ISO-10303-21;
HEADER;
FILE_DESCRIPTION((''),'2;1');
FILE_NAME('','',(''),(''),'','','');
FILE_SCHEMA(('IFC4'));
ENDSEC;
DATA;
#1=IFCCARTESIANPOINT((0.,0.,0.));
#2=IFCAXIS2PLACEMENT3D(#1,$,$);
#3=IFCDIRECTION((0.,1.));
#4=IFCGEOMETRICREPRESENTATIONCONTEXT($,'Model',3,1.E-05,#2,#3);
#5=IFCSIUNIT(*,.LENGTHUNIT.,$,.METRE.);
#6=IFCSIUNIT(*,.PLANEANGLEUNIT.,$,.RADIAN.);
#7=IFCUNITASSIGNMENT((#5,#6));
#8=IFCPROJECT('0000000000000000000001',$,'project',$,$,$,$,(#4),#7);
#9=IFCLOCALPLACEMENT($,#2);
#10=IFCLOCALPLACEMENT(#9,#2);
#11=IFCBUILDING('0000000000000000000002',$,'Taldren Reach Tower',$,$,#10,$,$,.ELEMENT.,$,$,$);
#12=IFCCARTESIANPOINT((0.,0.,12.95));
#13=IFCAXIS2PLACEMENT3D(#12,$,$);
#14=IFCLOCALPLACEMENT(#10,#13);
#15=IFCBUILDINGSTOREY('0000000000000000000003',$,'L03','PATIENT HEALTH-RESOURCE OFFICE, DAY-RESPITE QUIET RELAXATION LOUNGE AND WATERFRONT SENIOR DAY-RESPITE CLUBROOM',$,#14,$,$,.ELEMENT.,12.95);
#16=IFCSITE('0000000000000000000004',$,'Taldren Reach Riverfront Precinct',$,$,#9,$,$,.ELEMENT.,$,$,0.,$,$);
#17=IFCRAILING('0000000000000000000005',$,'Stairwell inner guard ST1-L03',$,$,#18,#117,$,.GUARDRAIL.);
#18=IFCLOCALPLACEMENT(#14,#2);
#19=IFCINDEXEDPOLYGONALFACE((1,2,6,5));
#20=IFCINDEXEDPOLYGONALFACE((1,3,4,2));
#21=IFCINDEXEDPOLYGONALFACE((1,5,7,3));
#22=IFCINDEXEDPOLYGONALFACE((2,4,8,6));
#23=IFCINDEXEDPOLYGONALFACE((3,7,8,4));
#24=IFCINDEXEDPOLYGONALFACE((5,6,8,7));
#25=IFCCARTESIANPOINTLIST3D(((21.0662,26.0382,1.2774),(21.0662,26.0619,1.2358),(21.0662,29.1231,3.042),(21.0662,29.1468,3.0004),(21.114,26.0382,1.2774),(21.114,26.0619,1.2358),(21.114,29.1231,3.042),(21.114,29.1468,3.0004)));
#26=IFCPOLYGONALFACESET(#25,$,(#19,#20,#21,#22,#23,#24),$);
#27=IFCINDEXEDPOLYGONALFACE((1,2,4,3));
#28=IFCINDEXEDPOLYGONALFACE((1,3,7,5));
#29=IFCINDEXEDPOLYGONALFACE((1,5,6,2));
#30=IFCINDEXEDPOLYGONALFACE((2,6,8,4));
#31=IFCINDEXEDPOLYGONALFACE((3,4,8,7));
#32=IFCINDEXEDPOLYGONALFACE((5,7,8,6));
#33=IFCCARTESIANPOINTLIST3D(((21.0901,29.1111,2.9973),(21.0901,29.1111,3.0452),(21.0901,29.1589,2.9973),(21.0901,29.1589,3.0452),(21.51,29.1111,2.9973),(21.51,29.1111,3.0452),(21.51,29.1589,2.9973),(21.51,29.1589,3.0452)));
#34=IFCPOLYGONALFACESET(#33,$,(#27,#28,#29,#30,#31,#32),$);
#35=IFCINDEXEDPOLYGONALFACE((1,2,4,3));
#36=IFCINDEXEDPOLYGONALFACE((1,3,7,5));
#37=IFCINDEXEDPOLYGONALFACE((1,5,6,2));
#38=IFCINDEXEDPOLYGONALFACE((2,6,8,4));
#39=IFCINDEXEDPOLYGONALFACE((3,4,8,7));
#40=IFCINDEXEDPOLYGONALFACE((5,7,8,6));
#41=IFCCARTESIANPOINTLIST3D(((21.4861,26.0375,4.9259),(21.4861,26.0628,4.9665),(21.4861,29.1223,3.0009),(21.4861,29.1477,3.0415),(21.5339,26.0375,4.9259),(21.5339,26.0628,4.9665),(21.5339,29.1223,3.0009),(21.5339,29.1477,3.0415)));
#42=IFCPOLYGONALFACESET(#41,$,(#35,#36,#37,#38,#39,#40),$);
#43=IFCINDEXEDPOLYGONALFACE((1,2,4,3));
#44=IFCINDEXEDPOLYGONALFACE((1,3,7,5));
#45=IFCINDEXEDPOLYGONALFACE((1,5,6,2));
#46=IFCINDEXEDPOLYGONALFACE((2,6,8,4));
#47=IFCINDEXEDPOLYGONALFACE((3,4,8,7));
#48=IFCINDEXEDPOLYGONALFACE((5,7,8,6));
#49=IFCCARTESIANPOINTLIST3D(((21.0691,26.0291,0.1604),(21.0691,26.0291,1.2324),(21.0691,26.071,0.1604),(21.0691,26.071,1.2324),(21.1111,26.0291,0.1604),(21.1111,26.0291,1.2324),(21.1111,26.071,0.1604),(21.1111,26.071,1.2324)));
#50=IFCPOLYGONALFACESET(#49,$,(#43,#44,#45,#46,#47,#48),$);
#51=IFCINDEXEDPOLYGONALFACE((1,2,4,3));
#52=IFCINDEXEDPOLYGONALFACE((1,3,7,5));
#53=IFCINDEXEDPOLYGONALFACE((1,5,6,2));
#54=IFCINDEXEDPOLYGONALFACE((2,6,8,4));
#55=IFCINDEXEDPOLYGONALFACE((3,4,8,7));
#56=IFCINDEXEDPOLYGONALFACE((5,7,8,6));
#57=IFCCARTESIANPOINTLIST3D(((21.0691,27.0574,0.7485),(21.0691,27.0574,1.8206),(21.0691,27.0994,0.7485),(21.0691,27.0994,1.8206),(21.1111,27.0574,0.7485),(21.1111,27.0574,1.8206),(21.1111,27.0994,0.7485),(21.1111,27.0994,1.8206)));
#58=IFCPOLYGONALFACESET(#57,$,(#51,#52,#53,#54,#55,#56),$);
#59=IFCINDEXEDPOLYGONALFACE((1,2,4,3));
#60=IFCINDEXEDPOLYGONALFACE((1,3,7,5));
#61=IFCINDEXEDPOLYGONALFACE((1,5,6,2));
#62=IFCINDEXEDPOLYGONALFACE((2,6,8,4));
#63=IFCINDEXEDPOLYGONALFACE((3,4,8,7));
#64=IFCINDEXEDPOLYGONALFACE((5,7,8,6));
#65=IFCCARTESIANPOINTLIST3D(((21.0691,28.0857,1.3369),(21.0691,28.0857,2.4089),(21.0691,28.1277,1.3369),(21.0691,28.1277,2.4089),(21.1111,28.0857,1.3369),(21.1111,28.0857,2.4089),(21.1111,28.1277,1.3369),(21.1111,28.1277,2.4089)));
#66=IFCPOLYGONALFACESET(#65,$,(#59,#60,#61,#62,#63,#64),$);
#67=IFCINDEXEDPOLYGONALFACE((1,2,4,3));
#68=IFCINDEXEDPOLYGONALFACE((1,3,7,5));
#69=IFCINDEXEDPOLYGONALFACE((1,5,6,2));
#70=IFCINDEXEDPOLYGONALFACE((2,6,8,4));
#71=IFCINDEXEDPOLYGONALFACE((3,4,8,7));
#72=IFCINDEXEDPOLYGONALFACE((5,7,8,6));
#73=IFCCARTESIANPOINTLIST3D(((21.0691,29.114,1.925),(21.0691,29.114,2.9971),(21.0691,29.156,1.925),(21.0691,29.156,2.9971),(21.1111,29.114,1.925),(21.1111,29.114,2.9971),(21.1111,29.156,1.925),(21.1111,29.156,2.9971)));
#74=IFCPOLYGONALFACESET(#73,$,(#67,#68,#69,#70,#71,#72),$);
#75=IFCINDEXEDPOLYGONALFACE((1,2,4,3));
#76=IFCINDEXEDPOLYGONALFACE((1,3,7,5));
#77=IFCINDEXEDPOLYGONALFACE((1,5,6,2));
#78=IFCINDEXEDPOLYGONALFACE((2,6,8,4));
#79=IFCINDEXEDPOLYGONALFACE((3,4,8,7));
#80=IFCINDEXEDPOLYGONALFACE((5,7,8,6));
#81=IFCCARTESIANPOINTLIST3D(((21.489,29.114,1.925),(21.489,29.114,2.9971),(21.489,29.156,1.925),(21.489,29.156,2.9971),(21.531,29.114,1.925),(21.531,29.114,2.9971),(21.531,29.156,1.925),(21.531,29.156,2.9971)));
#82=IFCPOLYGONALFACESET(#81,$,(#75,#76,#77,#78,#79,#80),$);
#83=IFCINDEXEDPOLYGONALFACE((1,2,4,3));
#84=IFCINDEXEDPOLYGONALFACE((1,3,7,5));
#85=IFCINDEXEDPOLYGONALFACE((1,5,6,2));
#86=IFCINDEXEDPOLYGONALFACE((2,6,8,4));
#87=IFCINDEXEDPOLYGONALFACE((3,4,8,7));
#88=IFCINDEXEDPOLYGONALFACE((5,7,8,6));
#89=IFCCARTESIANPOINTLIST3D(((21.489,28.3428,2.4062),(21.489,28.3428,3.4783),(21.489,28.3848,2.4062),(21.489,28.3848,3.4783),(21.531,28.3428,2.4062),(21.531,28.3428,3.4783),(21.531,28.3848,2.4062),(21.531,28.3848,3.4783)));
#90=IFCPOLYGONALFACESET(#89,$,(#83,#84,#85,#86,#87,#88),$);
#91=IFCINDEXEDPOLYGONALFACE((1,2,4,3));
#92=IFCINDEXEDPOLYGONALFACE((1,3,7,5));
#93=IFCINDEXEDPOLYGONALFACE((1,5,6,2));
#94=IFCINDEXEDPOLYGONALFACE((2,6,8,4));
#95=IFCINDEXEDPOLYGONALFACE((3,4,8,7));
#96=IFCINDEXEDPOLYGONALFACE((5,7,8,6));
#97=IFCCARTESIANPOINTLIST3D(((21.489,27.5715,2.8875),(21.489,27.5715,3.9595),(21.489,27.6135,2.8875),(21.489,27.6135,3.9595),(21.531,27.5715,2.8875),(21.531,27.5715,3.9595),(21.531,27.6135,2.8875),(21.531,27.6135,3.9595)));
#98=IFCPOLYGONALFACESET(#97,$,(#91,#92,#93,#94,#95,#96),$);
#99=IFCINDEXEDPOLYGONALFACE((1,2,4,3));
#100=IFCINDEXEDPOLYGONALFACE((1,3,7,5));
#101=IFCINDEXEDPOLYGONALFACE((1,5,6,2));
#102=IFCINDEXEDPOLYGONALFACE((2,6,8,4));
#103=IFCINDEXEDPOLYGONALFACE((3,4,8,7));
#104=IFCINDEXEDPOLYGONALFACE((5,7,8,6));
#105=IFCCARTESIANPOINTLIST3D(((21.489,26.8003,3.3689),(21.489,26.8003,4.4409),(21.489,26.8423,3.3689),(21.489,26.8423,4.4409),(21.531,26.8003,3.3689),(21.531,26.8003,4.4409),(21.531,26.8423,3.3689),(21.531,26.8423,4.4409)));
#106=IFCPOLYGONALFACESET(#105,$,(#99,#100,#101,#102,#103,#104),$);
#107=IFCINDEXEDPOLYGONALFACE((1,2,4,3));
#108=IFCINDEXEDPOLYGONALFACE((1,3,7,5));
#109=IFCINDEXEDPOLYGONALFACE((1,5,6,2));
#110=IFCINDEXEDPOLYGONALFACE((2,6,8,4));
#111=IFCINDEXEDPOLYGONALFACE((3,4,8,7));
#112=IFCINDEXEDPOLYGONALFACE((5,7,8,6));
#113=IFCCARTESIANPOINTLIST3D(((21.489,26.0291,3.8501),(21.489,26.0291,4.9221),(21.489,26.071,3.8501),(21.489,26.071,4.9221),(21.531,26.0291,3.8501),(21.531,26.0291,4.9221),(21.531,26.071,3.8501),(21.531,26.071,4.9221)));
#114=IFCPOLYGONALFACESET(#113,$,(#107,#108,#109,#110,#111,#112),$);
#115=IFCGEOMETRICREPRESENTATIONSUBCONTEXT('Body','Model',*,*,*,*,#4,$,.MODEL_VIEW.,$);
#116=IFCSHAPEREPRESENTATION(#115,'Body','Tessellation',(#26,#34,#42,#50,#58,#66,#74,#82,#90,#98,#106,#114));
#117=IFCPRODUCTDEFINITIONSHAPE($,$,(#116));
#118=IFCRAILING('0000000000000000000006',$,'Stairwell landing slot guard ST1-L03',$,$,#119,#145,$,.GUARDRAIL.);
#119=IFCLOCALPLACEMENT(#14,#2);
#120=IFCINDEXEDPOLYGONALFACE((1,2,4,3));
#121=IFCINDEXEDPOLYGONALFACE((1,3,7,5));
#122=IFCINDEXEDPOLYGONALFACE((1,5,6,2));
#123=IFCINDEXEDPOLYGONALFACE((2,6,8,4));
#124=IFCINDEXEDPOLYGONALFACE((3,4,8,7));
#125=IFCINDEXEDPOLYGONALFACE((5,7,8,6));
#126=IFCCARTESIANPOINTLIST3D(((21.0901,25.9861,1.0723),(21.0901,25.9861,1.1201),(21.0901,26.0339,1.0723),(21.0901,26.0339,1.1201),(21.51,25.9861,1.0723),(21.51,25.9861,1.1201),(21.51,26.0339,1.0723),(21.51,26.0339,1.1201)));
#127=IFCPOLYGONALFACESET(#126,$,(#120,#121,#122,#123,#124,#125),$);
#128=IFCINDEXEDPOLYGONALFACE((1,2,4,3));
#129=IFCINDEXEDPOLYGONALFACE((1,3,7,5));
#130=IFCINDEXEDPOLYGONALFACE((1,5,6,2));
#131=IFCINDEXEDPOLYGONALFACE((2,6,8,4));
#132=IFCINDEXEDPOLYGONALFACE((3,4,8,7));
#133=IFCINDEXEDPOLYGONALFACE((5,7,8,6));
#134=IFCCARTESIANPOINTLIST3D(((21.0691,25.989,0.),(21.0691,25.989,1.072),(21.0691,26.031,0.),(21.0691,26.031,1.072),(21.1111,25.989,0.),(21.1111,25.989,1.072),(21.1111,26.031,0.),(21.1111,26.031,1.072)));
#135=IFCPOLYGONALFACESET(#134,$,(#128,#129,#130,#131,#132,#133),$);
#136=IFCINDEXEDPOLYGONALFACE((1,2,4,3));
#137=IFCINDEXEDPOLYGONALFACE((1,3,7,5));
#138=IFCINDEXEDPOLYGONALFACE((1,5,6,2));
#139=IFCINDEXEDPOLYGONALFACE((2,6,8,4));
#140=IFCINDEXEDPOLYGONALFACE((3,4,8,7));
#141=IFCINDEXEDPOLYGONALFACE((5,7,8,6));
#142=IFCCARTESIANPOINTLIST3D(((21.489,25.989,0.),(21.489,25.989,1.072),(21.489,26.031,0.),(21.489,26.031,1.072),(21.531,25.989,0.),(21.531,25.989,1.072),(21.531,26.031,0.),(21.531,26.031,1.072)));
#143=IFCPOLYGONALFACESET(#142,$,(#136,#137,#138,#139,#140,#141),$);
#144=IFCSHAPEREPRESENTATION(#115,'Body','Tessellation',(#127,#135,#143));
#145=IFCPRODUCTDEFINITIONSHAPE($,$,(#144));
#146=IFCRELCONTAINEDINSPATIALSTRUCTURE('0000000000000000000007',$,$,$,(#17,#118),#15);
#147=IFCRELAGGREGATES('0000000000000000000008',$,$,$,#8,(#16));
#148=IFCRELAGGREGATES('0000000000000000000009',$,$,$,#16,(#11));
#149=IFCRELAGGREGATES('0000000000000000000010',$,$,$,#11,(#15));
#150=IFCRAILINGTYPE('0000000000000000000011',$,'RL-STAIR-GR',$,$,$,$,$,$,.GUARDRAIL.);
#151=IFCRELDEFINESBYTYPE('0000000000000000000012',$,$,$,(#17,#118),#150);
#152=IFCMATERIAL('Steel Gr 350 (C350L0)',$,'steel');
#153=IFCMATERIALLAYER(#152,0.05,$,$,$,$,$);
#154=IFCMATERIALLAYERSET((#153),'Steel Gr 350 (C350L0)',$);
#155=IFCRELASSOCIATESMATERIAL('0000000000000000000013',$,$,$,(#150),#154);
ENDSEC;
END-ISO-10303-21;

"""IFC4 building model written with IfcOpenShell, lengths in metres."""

from ifc_helpers import new_model, si_unit, direction, frame, origin, origin_2d, place, context, subcontext, project, spatial, rectangle, extrude, material, layer, layer_set, type_object, element, save


model = new_model("IFC4")

# Units and contexts
model_context = context("Model", 3, precision=1e-05, world=origin(), true_north=direction((0.0, 1.0)))
body_context = subcontext(model_context, "Body", "Model", "MODEL_VIEW")
ifc_project = project(units=[si_unit("LENGTHUNIT", "METRE"), si_unit("PLANEANGLEUNIT", "RADIAN")], contexts=[model_context])

# Site, building, storey
site_placement = place(None, origin())
site = spatial("IfcSite", under=ifc_project, at=site_placement, Name="Taldren Reach Riverfront Precinct", CompositionType="ELEMENT", RefElevation=0.0)
building_placement = place(site_placement, origin())
building = spatial("IfcBuilding", under=site, at=building_placement, Name="Taldren Reach Tower", CompositionType="ELEMENT")
storey_placement = place(building_placement, frame((0.0, 0.0, 12.95)))
storey = spatial("IfcBuildingStorey", under=building, at=storey_placement, Name="L03", Description="PATIENT HEALTH-RESOURCE OFFICE, DAY-RESPITE QUIET RELAXATION LOUNGE AND WATERFRONT SENIOR DAY-RESPITE CLUBROOM", CompositionType="ELEMENT", Elevation=12.95)

# Railings
ifc_material_1 = material(Name="Steel Gr 350 (C350L0)", Category="steel")
ifc_layer_1 = layer(ifc_material_1, 0.05)
ifc_layer_set_1 = layer_set([ifc_layer_1], Name="Steel Gr 350 (C350L0)")
railing_type_1 = type_object("IfcRailingType", Name="RL-STAIR-GR", PredefinedType="GUARDRAIL", material=ifc_layer_set_1)
railing_1_placement = place(storey_placement, frame((21.0901, 26.05, 0.1604)))
element("IfcRailing", 1, at=railing_1_placement, inside=storey, type_object=railing_type_1, Name="Stairwell inner guard ST1-L03", PredefinedType="GUARDRAIL", context=body_context, shape_type="SweptSolid", body=[
    extrude(rectangle(XDim=0.0479, YDim=0.0479, at=origin_2d()), frame((0.0, 0.0, 1.0962), z_axis=(0.0, 0.868023, 0.496524), x_axis=(-1.0, 0.0, 0.0)), (0.0, 0.0, 1.0), 3.554),
    extrude(rectangle(XDim=0.0479, YDim=0.0479, at=origin_2d()), frame((0.0, 3.085, 2.8608), z_axis=(1.0, 0.0, 0.0), x_axis=(0.0, 1.0, 0.0)), (0.0, 0.0, 1.0), 0.4199),
    extrude(rectangle(XDim=0.0479, YDim=0.0479, at=origin_2d()), frame((0.4199, 3.085, 2.8608), z_axis=(0.0, -0.848375, 0.529395), x_axis=(1.0, 0.0, 0.0)), (0.0, 0.0, 1.0), 3.6362),
    extrude(rectangle(XDim=0.042, YDim=0.042, at=origin_2d()), origin(), (0.0, 0.0, 1.0), 1.072),
    extrude(rectangle(XDim=0.042, YDim=0.042, at=origin_2d()), frame((0.0, 1.0283, 0.5881)), (0.0, 0.0, 1.0), 1.072),
    extrude(rectangle(XDim=0.042, YDim=0.042, at=origin_2d()), frame((0.0, 2.0566, 1.1765)), (0.0, 0.0, 1.0), 1.072),
    extrude(rectangle(XDim=0.042, YDim=0.042, at=origin_2d()), frame((0.0, 3.085, 1.7646)), (0.0, 0.0, 1.0), 1.072),
    extrude(rectangle(XDim=0.042, YDim=0.042, at=origin_2d()), frame((0.4199, 3.085, 1.7646)), (0.0, 0.0, 1.0), 1.072),
    extrude(rectangle(XDim=0.042, YDim=0.042, at=origin_2d()), frame((0.4199, 2.3137, 2.2458)), (0.0, 0.0, 1.0), 1.072),
    extrude(rectangle(XDim=0.042, YDim=0.042, at=origin_2d()), frame((0.4199, 1.5425, 2.7271)), (0.0, 0.0, 1.0), 1.072),
    extrude(rectangle(XDim=0.042, YDim=0.042, at=origin_2d()), frame((0.4199, 0.7712, 3.2085)), (0.0, 0.0, 1.0), 1.072),
    extrude(rectangle(XDim=0.042, YDim=0.042, at=origin_2d()), frame((0.4199, 0.0, 3.6897)), (0.0, 0.0, 1.0), 1.072),
])
railing_2_placement = place(storey_placement, frame((21.0901, 26.01, 0.0)))
element("IfcRailing", 2, at=railing_2_placement, inside=storey, type_object=railing_type_1, Name="Stairwell landing slot guard ST1-L03", PredefinedType="GUARDRAIL", context=body_context, shape_type="SweptSolid", body=[
    extrude(rectangle(XDim=0.0479, YDim=0.0479, at=origin_2d()), frame((0.0, 0.0, 1.0962), z_axis=(1.0, 0.0, 0.0), x_axis=(0.0, 1.0, 0.0)), (0.0, 0.0, 1.0), 0.4199),
    extrude(rectangle(XDim=0.042, YDim=0.042, at=origin_2d()), origin(), (0.0, 0.0, 1.0), 1.072),
    extrude(rectangle(XDim=0.042, YDim=0.042, at=origin_2d()), frame((0.4199, 0.0, 0.0)), (0.0, 0.0, 1.0), 1.072),
])

save(model, "model.ifc")
